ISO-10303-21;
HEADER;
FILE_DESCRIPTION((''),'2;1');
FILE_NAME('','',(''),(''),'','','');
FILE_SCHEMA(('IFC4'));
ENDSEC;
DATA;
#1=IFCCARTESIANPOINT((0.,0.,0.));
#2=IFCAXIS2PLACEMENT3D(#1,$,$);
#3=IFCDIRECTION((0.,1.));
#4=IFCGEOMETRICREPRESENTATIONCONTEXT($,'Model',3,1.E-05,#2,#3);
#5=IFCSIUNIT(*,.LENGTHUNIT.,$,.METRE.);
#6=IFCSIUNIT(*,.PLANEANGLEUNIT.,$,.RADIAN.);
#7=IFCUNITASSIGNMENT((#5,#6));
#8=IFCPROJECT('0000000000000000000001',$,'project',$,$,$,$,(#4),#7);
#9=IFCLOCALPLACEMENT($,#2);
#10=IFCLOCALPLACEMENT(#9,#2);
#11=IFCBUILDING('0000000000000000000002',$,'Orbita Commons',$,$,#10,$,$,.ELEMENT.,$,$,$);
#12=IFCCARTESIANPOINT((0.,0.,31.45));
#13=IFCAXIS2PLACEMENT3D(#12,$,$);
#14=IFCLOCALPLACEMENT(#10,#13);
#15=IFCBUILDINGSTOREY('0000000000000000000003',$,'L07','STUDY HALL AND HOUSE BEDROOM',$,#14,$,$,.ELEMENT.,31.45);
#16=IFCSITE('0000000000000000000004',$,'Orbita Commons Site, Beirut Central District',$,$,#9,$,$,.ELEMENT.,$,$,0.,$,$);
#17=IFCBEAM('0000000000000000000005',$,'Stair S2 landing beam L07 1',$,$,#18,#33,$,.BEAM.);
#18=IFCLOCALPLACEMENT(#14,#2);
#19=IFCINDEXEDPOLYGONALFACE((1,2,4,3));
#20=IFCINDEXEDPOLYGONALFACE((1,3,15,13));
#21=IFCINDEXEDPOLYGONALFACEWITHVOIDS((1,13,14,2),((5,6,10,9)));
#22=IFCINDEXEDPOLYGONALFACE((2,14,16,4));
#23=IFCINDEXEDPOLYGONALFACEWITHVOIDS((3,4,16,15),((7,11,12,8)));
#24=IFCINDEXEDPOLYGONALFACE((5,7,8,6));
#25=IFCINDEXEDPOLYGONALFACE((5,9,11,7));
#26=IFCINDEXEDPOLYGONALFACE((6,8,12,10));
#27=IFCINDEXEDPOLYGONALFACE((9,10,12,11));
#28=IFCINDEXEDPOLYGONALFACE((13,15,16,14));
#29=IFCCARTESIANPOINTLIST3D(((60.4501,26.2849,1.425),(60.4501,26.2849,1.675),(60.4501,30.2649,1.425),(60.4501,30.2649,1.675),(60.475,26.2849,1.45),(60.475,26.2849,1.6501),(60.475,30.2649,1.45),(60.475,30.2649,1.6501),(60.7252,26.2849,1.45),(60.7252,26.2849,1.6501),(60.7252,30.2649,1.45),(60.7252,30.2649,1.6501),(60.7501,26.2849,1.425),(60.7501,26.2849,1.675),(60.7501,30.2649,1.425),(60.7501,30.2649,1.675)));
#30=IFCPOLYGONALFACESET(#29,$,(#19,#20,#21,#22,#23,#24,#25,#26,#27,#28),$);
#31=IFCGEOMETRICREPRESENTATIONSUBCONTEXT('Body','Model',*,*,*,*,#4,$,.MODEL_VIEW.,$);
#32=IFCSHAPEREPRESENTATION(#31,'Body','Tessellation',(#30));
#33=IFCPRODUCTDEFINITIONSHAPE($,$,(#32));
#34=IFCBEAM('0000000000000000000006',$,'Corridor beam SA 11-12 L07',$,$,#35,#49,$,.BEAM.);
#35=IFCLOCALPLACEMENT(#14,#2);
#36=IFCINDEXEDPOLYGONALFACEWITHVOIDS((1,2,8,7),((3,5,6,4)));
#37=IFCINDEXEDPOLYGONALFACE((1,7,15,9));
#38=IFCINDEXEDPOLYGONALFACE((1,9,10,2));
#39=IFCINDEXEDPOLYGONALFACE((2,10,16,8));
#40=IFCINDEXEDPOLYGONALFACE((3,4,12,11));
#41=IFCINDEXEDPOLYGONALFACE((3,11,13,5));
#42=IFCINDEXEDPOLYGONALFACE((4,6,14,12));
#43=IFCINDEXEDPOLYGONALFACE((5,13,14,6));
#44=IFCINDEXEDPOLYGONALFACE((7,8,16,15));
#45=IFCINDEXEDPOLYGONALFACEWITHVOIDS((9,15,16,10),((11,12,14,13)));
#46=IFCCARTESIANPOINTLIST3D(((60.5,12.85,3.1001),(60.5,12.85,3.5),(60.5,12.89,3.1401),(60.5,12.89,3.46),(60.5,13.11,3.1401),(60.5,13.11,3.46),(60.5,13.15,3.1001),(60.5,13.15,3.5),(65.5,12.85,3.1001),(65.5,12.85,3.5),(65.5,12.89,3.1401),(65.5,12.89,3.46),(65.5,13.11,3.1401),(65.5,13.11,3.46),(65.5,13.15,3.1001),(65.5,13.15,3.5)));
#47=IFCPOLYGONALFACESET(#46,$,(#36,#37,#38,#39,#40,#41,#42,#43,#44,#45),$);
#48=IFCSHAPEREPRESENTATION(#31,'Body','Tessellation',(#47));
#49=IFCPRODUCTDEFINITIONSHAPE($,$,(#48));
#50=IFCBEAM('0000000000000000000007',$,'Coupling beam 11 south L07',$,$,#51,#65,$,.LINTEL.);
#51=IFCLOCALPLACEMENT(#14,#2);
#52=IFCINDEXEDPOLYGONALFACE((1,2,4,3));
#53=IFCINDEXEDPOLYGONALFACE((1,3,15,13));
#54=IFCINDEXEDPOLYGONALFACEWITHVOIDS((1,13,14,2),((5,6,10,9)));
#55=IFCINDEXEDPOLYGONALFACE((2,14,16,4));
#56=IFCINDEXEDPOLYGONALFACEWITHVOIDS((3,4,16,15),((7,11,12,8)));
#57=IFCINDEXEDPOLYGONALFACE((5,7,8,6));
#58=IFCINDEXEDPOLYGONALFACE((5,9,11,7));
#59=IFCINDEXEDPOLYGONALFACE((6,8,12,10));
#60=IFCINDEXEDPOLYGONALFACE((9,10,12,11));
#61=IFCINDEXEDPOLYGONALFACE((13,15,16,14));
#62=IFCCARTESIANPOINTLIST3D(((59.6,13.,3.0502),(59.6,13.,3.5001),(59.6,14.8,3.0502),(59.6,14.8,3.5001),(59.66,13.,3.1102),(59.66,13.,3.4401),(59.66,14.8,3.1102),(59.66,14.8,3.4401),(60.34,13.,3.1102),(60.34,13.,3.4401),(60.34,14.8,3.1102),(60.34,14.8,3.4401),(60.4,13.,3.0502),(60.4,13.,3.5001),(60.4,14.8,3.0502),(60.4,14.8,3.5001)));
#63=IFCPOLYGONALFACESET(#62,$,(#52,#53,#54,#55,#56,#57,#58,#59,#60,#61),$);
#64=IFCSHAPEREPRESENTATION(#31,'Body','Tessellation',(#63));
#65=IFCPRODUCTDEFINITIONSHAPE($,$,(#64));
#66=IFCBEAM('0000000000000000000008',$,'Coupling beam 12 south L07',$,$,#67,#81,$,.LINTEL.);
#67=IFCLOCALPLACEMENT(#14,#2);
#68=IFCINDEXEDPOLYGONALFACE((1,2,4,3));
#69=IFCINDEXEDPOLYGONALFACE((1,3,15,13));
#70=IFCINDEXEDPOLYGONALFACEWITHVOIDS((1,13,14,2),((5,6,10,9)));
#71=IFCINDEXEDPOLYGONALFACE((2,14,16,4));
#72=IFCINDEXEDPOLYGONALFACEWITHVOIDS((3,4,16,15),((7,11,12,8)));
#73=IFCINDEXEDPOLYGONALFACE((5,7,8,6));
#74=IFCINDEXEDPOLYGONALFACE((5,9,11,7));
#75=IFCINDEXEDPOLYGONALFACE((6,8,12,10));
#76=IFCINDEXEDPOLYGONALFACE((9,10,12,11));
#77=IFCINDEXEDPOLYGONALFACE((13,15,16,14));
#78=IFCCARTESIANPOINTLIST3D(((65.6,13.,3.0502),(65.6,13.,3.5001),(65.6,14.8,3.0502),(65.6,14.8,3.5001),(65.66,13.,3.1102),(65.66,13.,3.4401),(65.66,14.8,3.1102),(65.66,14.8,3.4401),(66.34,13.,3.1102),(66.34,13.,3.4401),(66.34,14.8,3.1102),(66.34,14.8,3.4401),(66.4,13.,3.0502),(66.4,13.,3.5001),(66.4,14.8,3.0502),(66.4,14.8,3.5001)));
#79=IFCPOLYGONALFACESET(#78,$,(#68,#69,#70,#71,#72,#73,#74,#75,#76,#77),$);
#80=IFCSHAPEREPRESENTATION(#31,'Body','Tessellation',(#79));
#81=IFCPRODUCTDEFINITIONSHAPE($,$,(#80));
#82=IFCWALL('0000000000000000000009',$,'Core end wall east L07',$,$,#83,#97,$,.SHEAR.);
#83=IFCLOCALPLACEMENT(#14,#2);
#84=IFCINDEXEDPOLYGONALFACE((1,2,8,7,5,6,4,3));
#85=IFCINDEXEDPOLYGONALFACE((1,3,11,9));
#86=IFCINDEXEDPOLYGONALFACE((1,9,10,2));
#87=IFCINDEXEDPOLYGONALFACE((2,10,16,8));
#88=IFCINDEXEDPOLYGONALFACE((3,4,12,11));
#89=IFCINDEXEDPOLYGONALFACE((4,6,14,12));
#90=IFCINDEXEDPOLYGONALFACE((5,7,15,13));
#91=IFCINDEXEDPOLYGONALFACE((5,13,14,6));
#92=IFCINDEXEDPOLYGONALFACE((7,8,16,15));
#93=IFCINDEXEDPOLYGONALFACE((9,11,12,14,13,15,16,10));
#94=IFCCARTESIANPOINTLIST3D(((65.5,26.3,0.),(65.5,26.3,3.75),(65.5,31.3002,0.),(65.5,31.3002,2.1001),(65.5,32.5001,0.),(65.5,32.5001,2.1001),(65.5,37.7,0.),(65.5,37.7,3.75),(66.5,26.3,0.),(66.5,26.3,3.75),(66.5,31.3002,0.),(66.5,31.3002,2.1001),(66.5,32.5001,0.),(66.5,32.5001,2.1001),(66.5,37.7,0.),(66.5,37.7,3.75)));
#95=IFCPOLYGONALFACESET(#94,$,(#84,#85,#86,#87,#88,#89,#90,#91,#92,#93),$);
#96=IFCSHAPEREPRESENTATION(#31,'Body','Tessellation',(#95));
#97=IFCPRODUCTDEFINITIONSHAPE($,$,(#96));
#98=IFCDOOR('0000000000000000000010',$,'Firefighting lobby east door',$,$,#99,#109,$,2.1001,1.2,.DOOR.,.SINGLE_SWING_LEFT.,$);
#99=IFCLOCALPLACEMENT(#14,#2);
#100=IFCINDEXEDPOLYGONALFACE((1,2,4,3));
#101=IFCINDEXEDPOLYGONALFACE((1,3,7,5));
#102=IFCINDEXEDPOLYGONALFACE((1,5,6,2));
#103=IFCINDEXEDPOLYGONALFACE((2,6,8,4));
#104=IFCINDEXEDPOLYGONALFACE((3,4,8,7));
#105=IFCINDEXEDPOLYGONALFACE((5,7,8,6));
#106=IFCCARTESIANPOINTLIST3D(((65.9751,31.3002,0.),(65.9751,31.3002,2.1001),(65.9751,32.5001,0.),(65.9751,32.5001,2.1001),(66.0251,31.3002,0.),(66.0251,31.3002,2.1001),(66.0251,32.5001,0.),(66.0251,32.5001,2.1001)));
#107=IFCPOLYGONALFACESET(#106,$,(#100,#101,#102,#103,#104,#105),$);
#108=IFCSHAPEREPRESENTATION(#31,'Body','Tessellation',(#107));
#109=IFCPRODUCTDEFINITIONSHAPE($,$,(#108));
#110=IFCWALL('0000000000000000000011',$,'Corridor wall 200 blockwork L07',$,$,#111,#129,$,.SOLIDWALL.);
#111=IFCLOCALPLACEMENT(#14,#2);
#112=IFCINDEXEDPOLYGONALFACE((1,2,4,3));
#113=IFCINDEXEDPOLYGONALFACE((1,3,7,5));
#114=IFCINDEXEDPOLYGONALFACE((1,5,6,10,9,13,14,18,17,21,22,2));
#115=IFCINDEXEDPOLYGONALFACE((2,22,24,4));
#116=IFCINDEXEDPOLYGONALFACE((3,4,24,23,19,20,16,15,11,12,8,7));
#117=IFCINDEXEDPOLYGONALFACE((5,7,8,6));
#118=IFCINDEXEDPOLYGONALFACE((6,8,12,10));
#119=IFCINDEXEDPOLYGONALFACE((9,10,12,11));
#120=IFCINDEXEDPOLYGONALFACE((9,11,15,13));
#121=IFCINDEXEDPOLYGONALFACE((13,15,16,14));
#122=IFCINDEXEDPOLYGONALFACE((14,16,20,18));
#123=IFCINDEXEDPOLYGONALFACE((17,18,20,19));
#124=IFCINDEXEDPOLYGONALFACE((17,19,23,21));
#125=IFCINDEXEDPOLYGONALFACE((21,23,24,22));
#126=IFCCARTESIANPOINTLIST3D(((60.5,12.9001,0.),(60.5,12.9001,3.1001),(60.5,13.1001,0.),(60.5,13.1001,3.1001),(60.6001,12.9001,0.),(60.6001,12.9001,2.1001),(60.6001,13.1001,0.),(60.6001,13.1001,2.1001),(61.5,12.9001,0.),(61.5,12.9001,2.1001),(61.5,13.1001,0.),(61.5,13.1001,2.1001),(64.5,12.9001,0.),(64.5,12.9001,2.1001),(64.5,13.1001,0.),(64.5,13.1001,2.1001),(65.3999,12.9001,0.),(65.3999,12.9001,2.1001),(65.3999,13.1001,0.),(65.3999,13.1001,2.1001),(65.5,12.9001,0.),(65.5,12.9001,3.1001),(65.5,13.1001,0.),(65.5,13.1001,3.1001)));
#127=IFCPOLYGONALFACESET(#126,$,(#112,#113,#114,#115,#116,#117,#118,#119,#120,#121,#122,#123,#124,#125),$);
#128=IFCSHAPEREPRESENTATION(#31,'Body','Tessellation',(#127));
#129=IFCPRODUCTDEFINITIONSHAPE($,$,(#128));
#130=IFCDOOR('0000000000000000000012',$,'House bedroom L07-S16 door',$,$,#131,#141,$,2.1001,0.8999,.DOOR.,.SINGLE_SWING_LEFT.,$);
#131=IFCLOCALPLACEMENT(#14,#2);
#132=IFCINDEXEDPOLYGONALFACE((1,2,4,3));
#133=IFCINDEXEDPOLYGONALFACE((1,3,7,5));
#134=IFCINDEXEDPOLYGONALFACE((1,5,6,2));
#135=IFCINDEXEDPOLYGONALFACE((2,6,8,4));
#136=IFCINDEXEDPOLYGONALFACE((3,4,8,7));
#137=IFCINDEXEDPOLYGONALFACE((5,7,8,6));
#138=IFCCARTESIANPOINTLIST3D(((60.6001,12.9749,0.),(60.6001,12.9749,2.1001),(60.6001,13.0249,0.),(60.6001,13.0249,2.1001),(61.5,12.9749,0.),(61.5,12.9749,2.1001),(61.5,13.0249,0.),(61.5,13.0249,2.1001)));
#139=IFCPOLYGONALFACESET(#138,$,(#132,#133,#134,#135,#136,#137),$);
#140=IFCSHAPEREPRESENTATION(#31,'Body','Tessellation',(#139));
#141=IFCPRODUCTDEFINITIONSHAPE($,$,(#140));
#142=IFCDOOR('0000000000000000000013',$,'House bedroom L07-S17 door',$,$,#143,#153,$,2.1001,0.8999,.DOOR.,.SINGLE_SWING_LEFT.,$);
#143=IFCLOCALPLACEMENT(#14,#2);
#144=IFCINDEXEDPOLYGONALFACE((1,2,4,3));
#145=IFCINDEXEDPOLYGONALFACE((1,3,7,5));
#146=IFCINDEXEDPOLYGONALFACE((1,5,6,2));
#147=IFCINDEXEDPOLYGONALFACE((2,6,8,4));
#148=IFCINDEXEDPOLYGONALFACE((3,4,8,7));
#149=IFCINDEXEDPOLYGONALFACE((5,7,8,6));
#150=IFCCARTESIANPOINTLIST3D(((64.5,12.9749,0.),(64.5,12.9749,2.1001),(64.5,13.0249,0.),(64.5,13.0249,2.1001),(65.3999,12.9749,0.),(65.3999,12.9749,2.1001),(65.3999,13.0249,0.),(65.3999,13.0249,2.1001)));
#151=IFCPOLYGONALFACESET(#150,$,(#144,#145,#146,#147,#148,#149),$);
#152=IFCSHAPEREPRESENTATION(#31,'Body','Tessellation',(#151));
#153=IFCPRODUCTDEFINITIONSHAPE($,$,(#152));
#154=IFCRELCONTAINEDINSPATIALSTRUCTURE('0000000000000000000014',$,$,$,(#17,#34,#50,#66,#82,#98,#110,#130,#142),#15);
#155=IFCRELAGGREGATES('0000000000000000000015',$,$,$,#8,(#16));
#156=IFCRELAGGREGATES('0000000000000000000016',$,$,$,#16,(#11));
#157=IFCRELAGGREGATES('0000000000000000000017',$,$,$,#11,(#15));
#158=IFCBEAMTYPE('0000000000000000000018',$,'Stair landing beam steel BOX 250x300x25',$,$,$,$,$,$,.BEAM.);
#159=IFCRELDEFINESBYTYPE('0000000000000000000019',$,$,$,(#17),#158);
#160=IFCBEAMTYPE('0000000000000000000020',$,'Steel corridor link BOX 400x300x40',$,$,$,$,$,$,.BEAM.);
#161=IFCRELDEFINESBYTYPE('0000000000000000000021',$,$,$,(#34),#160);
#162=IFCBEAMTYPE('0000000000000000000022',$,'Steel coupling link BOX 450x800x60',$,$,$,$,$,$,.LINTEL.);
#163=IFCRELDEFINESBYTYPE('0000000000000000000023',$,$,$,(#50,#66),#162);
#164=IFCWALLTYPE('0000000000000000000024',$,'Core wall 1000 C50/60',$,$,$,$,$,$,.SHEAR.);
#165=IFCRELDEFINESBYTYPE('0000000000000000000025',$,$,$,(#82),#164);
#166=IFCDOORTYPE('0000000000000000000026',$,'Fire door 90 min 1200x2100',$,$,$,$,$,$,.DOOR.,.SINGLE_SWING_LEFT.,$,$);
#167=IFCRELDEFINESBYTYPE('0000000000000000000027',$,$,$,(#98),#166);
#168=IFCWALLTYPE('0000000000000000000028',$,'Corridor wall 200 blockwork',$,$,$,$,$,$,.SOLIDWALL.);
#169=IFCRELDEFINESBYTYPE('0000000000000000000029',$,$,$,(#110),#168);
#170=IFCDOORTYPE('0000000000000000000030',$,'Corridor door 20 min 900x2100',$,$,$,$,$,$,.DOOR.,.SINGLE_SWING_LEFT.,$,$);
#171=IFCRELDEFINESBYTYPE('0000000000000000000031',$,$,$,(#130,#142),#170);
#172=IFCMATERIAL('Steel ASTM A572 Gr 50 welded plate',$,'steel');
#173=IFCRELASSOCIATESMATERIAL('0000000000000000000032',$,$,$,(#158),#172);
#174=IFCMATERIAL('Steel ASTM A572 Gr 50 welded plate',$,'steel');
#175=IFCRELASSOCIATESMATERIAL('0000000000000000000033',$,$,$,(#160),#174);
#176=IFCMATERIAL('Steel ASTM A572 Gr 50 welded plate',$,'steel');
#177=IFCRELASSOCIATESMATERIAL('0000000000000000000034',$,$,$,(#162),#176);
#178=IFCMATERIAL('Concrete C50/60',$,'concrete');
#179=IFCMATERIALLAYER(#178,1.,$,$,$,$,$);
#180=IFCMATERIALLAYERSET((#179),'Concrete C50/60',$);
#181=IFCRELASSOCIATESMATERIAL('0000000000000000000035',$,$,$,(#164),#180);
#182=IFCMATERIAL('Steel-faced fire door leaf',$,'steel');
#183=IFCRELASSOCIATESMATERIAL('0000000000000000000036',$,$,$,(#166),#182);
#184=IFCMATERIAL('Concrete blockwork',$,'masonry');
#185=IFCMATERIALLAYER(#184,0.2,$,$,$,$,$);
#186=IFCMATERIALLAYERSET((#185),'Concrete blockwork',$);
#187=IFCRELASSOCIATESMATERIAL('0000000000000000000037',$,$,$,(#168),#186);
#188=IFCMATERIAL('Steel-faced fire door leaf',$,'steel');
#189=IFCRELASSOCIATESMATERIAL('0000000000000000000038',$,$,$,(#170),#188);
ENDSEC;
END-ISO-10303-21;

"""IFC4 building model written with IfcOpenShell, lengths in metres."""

from ifc_helpers import new_model, si_unit, direction, frame, frame_2d, origin, origin_2d, place, context, subcontext, project, spatial, polyline, rectangle, hollow_rectangle, outline, extrude, material, layer, layer_set, material_profile, profile_set, type_object, element, fill, save


model = new_model("IFC4")

# Units and contexts
model_context = context("Model", 3, precision=1e-05, world=origin(), true_north=direction((0.0, 1.0)))
body_context = subcontext(model_context, "Body", "Model", "MODEL_VIEW")
ifc_project = project(units=[si_unit("LENGTHUNIT", "METRE"), si_unit("PLANEANGLEUNIT", "RADIAN")], contexts=[model_context])

# Site, building, storey
site_placement = place(None, origin())
site = spatial("IfcSite", under=ifc_project, at=site_placement, Name="Orbita Commons Site, Beirut Central District", CompositionType="ELEMENT", RefElevation=0.0)
building_placement = place(site_placement, origin())
building = spatial("IfcBuilding", under=site, at=building_placement, Name="Orbita Commons", CompositionType="ELEMENT")
storey_placement = place(building_placement, frame((0.0, 0.0, 31.45)))
storey = spatial("IfcBuildingStorey", under=building, at=storey_placement, Name="L07", Description="STUDY HALL AND HOUSE BEDROOM", CompositionType="ELEMENT", Elevation=31.45)

# Beams
ifc_material_1 = material(Name="Steel ASTM A572 Gr 50 welded plate", Category="steel")
ifc_material_profile_1 = material_profile(ifc_material_1, hollow_rectangle(XDim=0.3, YDim=0.25, WallThickness=0.0249, at=origin_2d()), Name="BOX 250x300x25")
ifc_profile_set_1 = profile_set([ifc_material_profile_1], Name="Steel ASTM A572 Gr 50 welded plate")
beam_type_1 = type_object("IfcBeamType", Name="Stair landing beam steel BOX 250x300x25", PredefinedType="BEAM", material=ifc_profile_set_1)
beam_1_placement = place(storey_placement, frame((60.6001, 26.2849, 1.55), z_axis=(0.0, 1.0, 0.0), x_axis=(-1.0, 0.0, 0.0)))
element("IfcBeam", 1, at=beam_1_placement, inside=storey, type_object=beam_type_1, Name="Stair S2 landing beam L07 1", PredefinedType="BEAM", context=body_context, shape_type="SweptSolid", body=[
    extrude(hollow_rectangle(XDim=0.3, YDim=0.25, WallThickness=0.0249, at=origin_2d()), origin(), (0.0, 0.0, 1.0), 3.98),
])
ifc_material_2 = material(Name="Steel ASTM A572 Gr 50 welded plate", Category="steel")
ifc_material_profile_2 = material_profile(ifc_material_2, hollow_rectangle(XDim=0.3, YDim=0.3999, WallThickness=0.04, at=origin_2d()), Name="BOX 400x300x40")
ifc_profile_set_2 = profile_set([ifc_material_profile_2], Name="Steel ASTM A572 Gr 50 welded plate")
beam_type_2 = type_object("IfcBeamType", Name="Steel corridor link BOX 400x300x40", PredefinedType="BEAM", material=ifc_profile_set_2)
beam_2_placement = place(storey_placement, frame((60.5, 13.0, 3.3), z_axis=(1.0, 0.0, 0.0), x_axis=(0.0, 1.0, 0.0)))
element("IfcBeam", 2, at=beam_2_placement, inside=storey, type_object=beam_type_2, Name="Corridor beam SA 11-12 L07", PredefinedType="BEAM", context=body_context, shape_type="SweptSolid", body=[
    extrude(hollow_rectangle(XDim=0.3, YDim=0.3999, WallThickness=0.04, at=origin_2d()), origin(), (0.0, 0.0, 1.0), 5.0),
])
ifc_material_3 = material(Name="Steel ASTM A572 Gr 50 welded plate", Category="steel")
ifc_material_profile_3 = material_profile(ifc_material_3, hollow_rectangle(XDim=0.8, YDim=0.45, WallThickness=0.0601, at=origin_2d()), Name="BOX 450x800x60")
ifc_profile_set_3 = profile_set([ifc_material_profile_3], Name="Steel ASTM A572 Gr 50 welded plate")
beam_type_3 = type_object("IfcBeamType", Name="Steel coupling link BOX 450x800x60", PredefinedType="LINTEL", material=ifc_profile_set_3)
for number, where, z_axis, x_axis, name in (
    (3, (60.0, 13.0, 3.2751), (0.0, 1.0, 0.0), (-1.0, 0.0, 0.0), "Coupling beam 11 south L07"),
    (4, (66.0, 13.0, 3.2751), (0.0, 1.0, 0.0), (-1.0, 0.0, 0.0), "Coupling beam 12 south L07"),
):
    element("IfcBeam", number, at=place(storey_placement, frame(where, z_axis=z_axis, x_axis=x_axis)), inside=storey, type_object=beam_type_3, Name=name, PredefinedType="LINTEL", context=body_context, shape_type="SweptSolid", body=[
        extrude(hollow_rectangle(XDim=0.8, YDim=0.45, WallThickness=0.0601, at=origin_2d()), origin(), (0.0, 0.0, 1.0), 1.8),
    ])

# Wall, opening, door
ifc_material_4 = material(Name="Concrete C50/60", Category="concrete")
ifc_layer_1 = layer(ifc_material_4, 1.0)
ifc_layer_set_1 = layer_set([ifc_layer_1], Name="Concrete C50/60")
wall_type_1 = type_object("IfcWallType", Name="Core wall 1000 C50/60", PredefinedType="SHEAR", material=ifc_layer_set_1)
wall_1_placement = place(storey_placement, frame((66.0, 26.3, 0.0), z_axis=(0.0, 0.0, 1.0), x_axis=(0.0, 1.0, 0.0)))
wall_1 = element("IfcWall", 5, at=wall_1_placement, inside=storey, type_object=wall_type_1, Name="Core end wall east L07", PredefinedType="SHEAR", context=body_context, shape_type="SweptSolid", body=[
    extrude(rectangle(XDim=11.3999, YDim=1.0, at=frame_2d((5.7, 0.0))), origin(), (0.0, 0.0, 1.0), 3.75),
])
opening_1_placement = place(wall_1_placement, frame((5.0, 0.0, 0.0)))
opening_1 = element("IfcOpeningElement", 6, at=opening_1_placement, cuts=wall_1, PredefinedType="OPENING", context=body_context, shape_type="SweptSolid", body=[
    extrude(rectangle(XDim=1.2, YDim=2.1001, at=frame_2d((0.6001, 1.05))), frame((0.0, 0.51, 0.0), z_axis=(0.0, -1.0, 0.0), x_axis=(1.0, 0.0, 0.0)), (0.0, 0.0, 1.0), 1.02),
])
ifc_material_5 = material(Name="Steel-faced fire door leaf", Category="steel")
door_type_1 = type_object("IfcDoorType", Name="Fire door 90 min 1200x2100", OperationType="SINGLE_SWING_LEFT", PredefinedType="DOOR", material=ifc_material_5)
door_1_placement = place(opening_1_placement, origin())
door_1 = element("IfcDoor", 7, at=door_1_placement, inside=storey, type_object=door_type_1, Name="Firefighting lobby east door", OperationType="SINGLE_SWING_LEFT", OverallHeight=2.1001, OverallWidth=1.2, PredefinedType="DOOR", context=body_context, shape_type="SweptSolid", body=[
    extrude(rectangle(XDim=1.2, YDim=2.1001, at=frame_2d((0.6001, 1.05))), frame((0.0, 0.0249, 0.0), z_axis=(0.0, -1.0, 0.0), x_axis=(1.0, 0.0, 0.0)), (0.0, 0.0, 1.0), 0.05),
])
fill(opening_1, door_1)

# Wall, openings, doors
ifc_material_6 = material(Name="Concrete blockwork", Category="masonry")
ifc_layer_2 = layer(ifc_material_6, 0.2)
ifc_layer_set_2 = layer_set([ifc_layer_2], Name="Concrete blockwork")
wall_type_2 = type_object("IfcWallType", Name="Corridor wall 200 blockwork", PredefinedType="SOLIDWALL", material=ifc_layer_set_2)
wall_2_placement = place(storey_placement, frame((60.5, 13.0, 0.0), z_axis=(0.0, 0.0, 1.0), x_axis=(1.0, 0.0, 0.0)))
wall_2 = element("IfcWall", 8, at=wall_2_placement, inside=storey, type_object=wall_type_2, Name="Corridor wall 200 blockwork L07", PredefinedType="SOLIDWALL", context=body_context, shape_type="SweptSolid", body=[
    extrude(outline(polyline([(0.0, 0.0), (5.0, 0.0), (5.0, 3.1001), (0.0, 3.1001), (0.0, 0.0)])), frame((0.0, 0.1001, 0.0), z_axis=(0.0, -1.0, 0.0), x_axis=(1.0, 0.0, 0.0)), (0.0, 0.0, 1.0), 0.2),
])
opening_2_placement = place(wall_2_placement, frame((0.1001, 0.0, 0.0)))
opening_2 = element("IfcOpeningElement", 9, at=opening_2_placement, cuts=wall_2, PredefinedType="OPENING", context=body_context, shape_type="SweptSolid", body=[
    extrude(rectangle(XDim=0.8999, YDim=2.1001, at=frame_2d((0.45, 1.05))), frame((0.0, 0.1099, 0.0), z_axis=(0.0, -1.0, 0.0), x_axis=(1.0, 0.0, 0.0)), (0.0, 0.0, 1.0), 0.22),
])
opening_3_placement = place(wall_2_placement, frame((4.0, 0.0, 0.0)))
opening_3 = element("IfcOpeningElement", 10, at=opening_3_placement, cuts=wall_2, PredefinedType="OPENING", context=body_context, shape_type="SweptSolid", body=[
    extrude(rectangle(XDim=0.8999, YDim=2.1001, at=frame_2d((0.45, 1.05))), frame((0.0, 0.1099, 0.0), z_axis=(0.0, -1.0, 0.0), x_axis=(1.0, 0.0, 0.0)), (0.0, 0.0, 1.0), 0.22),
])
ifc_material_7 = material(Name="Steel-faced fire door leaf", Category="steel")
door_type_2 = type_object("IfcDoorType", Name="Corridor door 20 min 900x2100", OperationType="SINGLE_SWING_LEFT", PredefinedType="DOOR", material=ifc_material_7)
door_2_placement = place(opening_2_placement, origin())
door_2 = element("IfcDoor", 11, at=door_2_placement, inside=storey, type_object=door_type_2, Name="House bedroom L07-S16 door", OperationType="SINGLE_SWING_LEFT", OverallHeight=2.1001, OverallWidth=0.8999, PredefinedType="DOOR", context=body_context, shape_type="SweptSolid", body=[
    extrude(rectangle(XDim=0.8999, YDim=2.1001, at=frame_2d((0.45, 1.05))), frame((0.0, 0.0249, 0.0), z_axis=(0.0, -1.0, 0.0), x_axis=(1.0, 0.0, 0.0)), (0.0, 0.0, 1.0), 0.05),
])
fill(opening_2, door_2)
door_3_placement = place(opening_3_placement, origin())
door_3 = element("IfcDoor", 12, at=door_3_placement, inside=storey, type_object=door_type_2, Name="House bedroom L07-S17 door", OperationType="SINGLE_SWING_LEFT", OverallHeight=2.1001, OverallWidth=0.8999, PredefinedType="DOOR", context=body_context, shape_type="SweptSolid", body=[
    extrude(rectangle(XDim=0.8999, YDim=2.1001, at=frame_2d((0.45, 1.05))), frame((0.0, 0.0249, 0.0), z_axis=(0.0, -1.0, 0.0), x_axis=(1.0, 0.0, 0.0)), (0.0, 0.0, 1.0), 0.05),
])
fill(opening_3, door_3)

save(model, "model.ifc")
